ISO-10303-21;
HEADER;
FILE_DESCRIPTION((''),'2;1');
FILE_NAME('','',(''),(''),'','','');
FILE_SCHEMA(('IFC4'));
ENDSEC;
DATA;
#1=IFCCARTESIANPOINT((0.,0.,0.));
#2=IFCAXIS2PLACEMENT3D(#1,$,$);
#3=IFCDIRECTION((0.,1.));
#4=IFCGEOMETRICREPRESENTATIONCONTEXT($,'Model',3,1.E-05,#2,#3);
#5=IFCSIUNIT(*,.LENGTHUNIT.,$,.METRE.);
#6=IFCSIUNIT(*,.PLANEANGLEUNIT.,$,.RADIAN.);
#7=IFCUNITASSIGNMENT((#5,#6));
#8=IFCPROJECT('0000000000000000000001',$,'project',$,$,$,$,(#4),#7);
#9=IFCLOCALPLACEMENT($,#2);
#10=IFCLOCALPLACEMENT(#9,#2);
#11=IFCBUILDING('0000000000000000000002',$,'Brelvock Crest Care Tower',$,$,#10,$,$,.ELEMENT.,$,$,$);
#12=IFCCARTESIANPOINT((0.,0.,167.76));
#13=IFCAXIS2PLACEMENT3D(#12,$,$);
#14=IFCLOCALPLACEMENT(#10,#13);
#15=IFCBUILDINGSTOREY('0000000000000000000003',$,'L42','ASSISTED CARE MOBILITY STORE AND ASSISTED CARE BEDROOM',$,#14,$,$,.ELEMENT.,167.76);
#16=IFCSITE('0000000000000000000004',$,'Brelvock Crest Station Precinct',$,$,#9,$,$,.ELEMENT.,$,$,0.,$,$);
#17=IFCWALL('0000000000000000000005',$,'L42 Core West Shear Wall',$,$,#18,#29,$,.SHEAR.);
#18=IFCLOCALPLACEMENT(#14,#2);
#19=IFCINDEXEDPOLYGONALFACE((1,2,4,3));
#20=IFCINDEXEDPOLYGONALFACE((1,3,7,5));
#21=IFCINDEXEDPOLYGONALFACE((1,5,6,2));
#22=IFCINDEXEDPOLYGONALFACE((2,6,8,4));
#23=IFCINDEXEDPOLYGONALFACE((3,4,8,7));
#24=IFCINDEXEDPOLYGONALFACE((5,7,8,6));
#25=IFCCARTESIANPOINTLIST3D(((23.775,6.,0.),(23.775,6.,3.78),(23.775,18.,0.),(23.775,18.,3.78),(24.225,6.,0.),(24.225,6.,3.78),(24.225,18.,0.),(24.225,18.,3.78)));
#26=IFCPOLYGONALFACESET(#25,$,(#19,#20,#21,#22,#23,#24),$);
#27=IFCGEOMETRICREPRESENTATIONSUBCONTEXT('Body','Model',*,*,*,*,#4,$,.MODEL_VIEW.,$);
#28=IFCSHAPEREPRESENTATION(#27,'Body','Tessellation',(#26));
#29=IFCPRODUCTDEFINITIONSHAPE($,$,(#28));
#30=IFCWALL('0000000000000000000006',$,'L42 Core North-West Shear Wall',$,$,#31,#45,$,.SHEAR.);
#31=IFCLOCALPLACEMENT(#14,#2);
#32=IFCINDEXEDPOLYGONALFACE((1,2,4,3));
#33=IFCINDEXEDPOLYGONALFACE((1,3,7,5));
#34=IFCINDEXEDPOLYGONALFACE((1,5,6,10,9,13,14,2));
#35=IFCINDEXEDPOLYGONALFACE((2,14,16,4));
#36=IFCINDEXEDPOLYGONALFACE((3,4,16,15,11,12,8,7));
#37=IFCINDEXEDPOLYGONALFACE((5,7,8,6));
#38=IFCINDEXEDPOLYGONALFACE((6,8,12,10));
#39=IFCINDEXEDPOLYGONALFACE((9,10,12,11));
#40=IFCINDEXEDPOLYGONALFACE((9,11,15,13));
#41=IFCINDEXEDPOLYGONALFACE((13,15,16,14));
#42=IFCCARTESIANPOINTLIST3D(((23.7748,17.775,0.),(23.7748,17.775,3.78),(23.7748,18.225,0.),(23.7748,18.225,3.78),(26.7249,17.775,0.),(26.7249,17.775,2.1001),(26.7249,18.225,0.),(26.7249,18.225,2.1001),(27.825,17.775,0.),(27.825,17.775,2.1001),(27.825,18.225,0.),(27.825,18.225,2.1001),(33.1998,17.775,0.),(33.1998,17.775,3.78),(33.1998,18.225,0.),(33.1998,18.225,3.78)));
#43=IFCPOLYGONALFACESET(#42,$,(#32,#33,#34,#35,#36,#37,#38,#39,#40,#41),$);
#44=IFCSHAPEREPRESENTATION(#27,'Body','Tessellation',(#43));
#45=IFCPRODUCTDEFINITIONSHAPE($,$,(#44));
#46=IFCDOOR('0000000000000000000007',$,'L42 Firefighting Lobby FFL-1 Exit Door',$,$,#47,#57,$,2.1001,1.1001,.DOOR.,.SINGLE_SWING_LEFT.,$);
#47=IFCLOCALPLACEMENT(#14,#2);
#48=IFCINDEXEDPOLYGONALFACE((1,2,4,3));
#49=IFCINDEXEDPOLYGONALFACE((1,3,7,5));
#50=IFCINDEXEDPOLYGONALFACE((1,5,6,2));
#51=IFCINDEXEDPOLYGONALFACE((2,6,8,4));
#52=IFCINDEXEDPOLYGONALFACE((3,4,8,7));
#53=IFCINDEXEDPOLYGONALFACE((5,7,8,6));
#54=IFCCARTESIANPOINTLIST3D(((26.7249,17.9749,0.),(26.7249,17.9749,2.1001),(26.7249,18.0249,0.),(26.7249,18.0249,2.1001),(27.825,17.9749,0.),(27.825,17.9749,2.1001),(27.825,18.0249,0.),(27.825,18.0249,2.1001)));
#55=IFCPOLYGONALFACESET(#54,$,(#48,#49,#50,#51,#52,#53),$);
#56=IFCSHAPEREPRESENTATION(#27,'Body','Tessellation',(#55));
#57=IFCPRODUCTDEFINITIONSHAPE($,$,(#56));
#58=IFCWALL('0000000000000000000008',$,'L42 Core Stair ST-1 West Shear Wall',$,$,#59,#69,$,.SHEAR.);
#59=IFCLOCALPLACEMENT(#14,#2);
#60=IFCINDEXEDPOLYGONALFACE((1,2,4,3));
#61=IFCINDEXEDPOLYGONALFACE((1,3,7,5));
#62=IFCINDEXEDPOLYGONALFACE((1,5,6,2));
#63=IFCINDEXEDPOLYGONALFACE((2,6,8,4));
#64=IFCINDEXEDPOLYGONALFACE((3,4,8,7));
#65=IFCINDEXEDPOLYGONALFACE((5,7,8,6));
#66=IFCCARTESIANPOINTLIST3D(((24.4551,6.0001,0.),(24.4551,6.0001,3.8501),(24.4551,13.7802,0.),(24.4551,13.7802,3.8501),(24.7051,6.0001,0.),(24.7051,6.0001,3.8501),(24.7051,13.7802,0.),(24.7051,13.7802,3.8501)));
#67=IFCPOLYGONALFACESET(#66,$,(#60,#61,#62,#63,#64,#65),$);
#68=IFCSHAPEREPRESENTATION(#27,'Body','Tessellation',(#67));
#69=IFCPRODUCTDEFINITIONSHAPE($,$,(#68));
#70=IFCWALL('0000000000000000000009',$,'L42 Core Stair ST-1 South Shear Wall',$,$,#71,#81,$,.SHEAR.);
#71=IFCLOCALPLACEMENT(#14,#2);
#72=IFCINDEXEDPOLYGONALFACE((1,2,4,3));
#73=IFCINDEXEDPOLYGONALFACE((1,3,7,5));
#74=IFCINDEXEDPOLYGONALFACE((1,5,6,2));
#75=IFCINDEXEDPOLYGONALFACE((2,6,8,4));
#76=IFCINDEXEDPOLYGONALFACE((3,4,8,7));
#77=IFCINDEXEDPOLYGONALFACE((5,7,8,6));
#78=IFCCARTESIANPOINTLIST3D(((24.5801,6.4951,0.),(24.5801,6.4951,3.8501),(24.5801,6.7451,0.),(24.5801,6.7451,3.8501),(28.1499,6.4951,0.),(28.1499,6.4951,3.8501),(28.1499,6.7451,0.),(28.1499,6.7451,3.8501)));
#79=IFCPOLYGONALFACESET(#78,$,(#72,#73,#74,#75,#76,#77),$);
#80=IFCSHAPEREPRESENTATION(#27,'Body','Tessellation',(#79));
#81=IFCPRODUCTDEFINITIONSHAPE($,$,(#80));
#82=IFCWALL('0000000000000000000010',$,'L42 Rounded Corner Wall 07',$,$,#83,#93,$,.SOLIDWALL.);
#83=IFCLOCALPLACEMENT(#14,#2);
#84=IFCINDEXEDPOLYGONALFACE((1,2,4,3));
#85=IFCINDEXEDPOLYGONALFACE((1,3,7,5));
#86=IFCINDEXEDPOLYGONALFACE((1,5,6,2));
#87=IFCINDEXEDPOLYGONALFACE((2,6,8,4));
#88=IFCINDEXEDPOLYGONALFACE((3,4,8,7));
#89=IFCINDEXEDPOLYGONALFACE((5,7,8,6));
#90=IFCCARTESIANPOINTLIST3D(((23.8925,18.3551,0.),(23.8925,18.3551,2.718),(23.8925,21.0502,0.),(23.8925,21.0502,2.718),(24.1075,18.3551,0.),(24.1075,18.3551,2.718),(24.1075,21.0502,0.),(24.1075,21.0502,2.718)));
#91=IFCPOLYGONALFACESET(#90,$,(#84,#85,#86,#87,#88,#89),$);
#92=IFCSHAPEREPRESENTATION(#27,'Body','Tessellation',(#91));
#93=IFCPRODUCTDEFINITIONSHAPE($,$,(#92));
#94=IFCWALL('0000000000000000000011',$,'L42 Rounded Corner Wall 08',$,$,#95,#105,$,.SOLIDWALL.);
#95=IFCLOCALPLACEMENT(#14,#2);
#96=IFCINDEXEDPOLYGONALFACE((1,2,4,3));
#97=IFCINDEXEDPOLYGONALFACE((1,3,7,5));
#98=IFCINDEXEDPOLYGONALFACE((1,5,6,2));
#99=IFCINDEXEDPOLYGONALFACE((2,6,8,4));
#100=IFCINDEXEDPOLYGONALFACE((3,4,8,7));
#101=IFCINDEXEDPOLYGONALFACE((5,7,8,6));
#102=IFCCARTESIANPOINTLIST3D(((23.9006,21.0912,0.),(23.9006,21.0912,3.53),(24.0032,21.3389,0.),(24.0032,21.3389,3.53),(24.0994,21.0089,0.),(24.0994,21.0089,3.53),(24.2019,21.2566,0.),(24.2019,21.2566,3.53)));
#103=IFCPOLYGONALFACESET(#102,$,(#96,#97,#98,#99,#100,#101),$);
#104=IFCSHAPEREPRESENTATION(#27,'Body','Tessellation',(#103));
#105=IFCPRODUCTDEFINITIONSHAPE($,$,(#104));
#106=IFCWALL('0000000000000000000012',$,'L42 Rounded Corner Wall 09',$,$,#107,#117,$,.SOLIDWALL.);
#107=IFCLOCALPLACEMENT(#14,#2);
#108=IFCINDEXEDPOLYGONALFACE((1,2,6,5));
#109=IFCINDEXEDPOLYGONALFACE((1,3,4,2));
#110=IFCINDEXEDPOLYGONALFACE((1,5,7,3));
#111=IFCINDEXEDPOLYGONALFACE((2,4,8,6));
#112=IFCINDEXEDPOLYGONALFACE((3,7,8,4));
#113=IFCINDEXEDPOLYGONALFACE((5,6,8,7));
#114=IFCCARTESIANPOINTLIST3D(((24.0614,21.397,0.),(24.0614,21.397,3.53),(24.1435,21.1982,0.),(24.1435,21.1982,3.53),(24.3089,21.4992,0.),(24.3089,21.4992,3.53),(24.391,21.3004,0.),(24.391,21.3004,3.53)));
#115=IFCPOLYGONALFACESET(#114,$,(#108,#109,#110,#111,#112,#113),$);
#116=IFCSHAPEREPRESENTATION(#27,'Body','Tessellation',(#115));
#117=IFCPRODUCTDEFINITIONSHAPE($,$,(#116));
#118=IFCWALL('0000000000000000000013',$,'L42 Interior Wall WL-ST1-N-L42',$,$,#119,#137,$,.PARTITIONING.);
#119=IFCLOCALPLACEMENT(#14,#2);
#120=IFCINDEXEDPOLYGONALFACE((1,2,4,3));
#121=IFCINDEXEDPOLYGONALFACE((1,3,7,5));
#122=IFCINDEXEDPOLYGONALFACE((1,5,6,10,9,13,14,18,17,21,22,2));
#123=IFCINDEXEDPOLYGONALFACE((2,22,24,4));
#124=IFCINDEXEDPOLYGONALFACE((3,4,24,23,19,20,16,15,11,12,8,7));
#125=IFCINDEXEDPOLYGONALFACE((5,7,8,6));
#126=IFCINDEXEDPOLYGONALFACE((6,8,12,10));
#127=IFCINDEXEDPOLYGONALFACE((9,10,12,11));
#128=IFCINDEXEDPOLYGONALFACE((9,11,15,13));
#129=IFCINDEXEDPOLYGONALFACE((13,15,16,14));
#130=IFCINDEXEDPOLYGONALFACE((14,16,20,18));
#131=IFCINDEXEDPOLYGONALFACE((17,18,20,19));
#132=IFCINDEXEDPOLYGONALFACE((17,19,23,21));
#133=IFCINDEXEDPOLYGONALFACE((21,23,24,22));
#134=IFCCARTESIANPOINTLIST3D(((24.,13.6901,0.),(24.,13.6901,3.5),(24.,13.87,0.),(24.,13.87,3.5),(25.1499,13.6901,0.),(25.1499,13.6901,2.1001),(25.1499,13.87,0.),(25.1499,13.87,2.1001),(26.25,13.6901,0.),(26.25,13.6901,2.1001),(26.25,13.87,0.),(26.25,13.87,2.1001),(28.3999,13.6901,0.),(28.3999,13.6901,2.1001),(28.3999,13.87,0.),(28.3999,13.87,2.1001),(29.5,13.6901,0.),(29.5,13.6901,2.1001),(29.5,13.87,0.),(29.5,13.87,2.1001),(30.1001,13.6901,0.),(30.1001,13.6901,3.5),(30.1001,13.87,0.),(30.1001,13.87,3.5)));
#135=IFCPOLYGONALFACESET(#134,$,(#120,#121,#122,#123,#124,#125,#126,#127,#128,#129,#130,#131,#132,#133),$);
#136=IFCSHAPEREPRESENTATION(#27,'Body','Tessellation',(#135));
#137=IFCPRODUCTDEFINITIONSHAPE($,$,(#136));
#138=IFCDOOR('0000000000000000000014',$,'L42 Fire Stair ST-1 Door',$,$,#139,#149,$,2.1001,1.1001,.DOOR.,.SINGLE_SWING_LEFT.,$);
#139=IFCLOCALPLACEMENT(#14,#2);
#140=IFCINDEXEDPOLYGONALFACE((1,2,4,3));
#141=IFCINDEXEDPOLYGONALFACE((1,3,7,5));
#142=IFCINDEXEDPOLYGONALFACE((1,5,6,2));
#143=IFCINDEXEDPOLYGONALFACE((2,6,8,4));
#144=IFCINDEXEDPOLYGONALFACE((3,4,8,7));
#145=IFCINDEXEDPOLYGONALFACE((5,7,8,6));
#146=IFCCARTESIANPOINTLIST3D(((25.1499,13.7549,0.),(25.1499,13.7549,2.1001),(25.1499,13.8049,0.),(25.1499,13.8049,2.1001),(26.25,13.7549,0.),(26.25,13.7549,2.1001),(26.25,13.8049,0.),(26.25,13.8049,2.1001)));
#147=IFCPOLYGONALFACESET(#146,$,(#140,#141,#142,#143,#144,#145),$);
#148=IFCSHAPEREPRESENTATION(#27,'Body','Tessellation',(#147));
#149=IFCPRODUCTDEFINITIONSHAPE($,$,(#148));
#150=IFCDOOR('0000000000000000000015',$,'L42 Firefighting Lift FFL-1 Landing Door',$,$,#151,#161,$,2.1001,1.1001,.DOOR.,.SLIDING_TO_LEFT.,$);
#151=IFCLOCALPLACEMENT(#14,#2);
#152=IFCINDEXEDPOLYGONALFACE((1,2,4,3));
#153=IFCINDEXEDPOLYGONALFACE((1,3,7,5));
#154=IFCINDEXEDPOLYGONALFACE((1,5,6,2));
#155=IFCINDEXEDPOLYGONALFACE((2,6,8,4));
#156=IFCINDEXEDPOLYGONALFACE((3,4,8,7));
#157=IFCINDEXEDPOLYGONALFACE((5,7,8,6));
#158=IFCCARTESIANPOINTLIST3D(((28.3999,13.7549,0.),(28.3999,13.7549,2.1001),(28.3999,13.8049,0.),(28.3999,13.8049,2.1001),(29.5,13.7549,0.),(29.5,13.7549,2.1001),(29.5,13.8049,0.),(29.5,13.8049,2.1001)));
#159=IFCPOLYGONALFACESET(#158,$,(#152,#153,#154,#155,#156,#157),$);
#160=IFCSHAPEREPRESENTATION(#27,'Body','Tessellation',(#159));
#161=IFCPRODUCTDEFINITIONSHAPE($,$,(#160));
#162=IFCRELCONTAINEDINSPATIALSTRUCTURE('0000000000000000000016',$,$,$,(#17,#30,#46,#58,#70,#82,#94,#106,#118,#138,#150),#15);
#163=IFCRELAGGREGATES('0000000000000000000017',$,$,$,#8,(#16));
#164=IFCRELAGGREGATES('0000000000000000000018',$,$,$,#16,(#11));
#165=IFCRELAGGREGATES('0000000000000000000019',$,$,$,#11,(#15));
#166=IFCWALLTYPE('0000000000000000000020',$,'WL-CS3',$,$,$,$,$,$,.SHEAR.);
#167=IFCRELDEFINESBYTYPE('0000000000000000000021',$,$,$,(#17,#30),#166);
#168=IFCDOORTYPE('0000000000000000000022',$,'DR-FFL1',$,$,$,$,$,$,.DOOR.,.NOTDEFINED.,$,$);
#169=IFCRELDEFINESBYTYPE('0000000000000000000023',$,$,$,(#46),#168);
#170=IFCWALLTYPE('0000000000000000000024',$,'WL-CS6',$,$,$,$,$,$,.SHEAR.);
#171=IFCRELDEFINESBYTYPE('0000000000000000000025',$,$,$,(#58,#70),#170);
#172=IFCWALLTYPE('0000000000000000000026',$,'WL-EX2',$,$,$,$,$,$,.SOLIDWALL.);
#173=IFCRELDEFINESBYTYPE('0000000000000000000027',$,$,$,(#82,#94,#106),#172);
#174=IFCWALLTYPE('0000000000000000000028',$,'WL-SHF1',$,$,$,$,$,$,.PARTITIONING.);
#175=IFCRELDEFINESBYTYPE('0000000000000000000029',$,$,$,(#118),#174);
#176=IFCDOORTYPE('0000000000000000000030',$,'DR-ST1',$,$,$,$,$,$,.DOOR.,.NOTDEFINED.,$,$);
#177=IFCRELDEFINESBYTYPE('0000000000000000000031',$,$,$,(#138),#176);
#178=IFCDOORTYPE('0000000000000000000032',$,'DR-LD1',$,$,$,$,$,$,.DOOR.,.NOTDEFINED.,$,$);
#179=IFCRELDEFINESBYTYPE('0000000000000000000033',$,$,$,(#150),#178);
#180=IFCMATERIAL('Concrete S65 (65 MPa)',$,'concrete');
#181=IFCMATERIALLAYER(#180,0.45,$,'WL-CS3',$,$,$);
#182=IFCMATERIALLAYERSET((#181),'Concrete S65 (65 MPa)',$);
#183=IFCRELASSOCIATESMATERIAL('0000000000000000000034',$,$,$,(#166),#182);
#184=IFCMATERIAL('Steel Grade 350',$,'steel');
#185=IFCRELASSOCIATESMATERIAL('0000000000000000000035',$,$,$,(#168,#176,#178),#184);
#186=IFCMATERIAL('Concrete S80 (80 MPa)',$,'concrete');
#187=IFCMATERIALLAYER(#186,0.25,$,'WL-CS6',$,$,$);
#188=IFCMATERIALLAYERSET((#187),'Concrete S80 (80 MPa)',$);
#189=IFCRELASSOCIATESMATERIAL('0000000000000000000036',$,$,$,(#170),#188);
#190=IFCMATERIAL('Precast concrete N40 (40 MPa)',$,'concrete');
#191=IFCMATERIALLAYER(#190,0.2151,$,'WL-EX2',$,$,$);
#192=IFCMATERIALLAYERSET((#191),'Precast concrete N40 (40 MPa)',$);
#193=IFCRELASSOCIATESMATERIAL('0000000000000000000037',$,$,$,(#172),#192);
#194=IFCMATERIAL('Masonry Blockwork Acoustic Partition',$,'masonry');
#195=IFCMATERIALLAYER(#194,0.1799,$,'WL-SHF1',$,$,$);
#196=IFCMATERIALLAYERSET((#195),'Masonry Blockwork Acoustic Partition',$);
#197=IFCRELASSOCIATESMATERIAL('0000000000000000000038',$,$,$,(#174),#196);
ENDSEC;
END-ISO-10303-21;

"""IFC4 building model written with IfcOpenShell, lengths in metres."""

from ifc_helpers import new_model, si_unit, direction, frame, frame_2d, origin, origin_2d, place, context, subcontext, project, spatial, rectangle, extrude, source, transform, mapped, material, layer, layer_set, type_object, element, fill, save


model = new_model("IFC4")

# Units and contexts
model_context = context("Model", 3, precision=1e-05, world=origin(), true_north=direction((0.0, 1.0)))
body_context = subcontext(model_context, "Body", "Model", "MODEL_VIEW")
ifc_project = project(units=[si_unit("LENGTHUNIT", "METRE"), si_unit("PLANEANGLEUNIT", "RADIAN")], contexts=[model_context])

# Site, building, storey
site_placement = place(None, origin())
site = spatial("IfcSite", under=ifc_project, at=site_placement, Name="Brelvock Crest Station Precinct", CompositionType="ELEMENT", RefElevation=0.0)
building_placement = place(site_placement, origin())
building = spatial("IfcBuilding", under=site, at=building_placement, Name="Brelvock Crest Care Tower", CompositionType="ELEMENT")
storey_placement = place(building_placement, frame((0.0, 0.0, 167.76)))
storey = spatial("IfcBuildingStorey", under=building, at=storey_placement, Name="L42", Description="ASSISTED CARE MOBILITY STORE AND ASSISTED CARE BEDROOM", CompositionType="ELEMENT", Elevation=167.76)

# Shared definitions
ifc_material_1 = material(Name="Concrete S65 (65 MPa)", Category="concrete")

# Shared definitions
ifc_material_2 = material(Name="Steel Grade 350", Category="steel")

# Wall
ifc_layer_1 = layer(ifc_material_1, 0.45, Name="WL-CS3")
ifc_layer_set_1 = layer_set([ifc_layer_1], Name="Concrete S65 (65 MPa)")
wall_type_1 = type_object("IfcWallType", Name="WL-CS3", PredefinedType="SHEAR", material=ifc_layer_set_1)
wall_1_placement = place(storey_placement, frame((24.0, 6.0, 0.0), z_axis=(0.0, 0.0, 1.0), x_axis=(0.0, 1.0, 0.0)))
element("IfcWall", 1, at=wall_1_placement, inside=storey, type_object=wall_type_1, Name="L42 Core West Shear Wall", PredefinedType="SHEAR", context=body_context, shape_type="SweptSolid", body=[
    extrude(rectangle(XDim=12.0, YDim=0.45, at=frame_2d((6.0, 0.0))), origin(), (0.0, 0.0, 1.0), 3.78),
])

# Wall, opening, door
wall_2_placement = place(storey_placement, frame((23.7749, 18.0, 0.0), z_axis=(0.0, 0.0, 1.0), x_axis=(1.0, 0.0, 0.0)))
wall_2 = element("IfcWall", 2, at=wall_2_placement, inside=storey, type_object=wall_type_1, Name="L42 Core North-West Shear Wall", PredefinedType="SHEAR", context=body_context, shape_type="SweptSolid", body=[
    extrude(rectangle(XDim=9.425, YDim=0.45, at=frame_2d((4.7124, 0.0))), origin(), (0.0, 0.0, 1.0), 3.78),
])
opening_1_placement = place(wall_2_placement, frame((2.95, 0.0, 0.0)))
opening_1 = element("IfcOpeningElement", 3, at=opening_1_placement, cuts=wall_2, PredefinedType="OPENING", context=body_context, shape_type="SweptSolid", body=[
    extrude(rectangle(XDim=1.1001, YDim=2.1001, at=origin_2d()), frame((0.55, 0.2349, 1.05), z_axis=(0.0, -1.0, 0.0), x_axis=(1.0, 0.0, 0.0)), (0.0, 0.0, 1.0), 0.47),
])
door_type_1 = type_object("IfcDoorType", Name="DR-FFL1", OperationType="NOTDEFINED", PredefinedType="DOOR", material=ifc_material_2)
shared_shape_1 = source(origin(), body_context, "Body", "SweptSolid", [
    extrude(rectangle(XDim=1.1001, YDim=2.1001, at=origin_2d()), frame((0.55, 0.0249, 1.05), z_axis=(0.0, -1.0, 0.0), x_axis=(1.0, 0.0, 0.0)), (0.0, 0.0, 1.0), 0.05),
])
door_1_placement = place(opening_1_placement, origin())
door_1 = element("IfcDoor", 4, at=door_1_placement, inside=storey, type_object=door_type_1, Name="L42 Firefighting Lobby FFL-1 Exit Door", OperationType="SINGLE_SWING_LEFT", OverallHeight=2.1001, OverallWidth=1.1001, PredefinedType="DOOR", context=body_context, shape_type="MappedRepresentation", body=[
    mapped(shared_shape_1, transform((0.0, 0.0, 0.0), x_axis=(1.0, 0.0, 0.0), y_axis=(0.0, 1.0, 0.0), z_axis=(0.0, 0.0, 1.0), scale=1.0)),
])
fill(opening_1, door_1)

# Walls
ifc_material_3 = material(Name="Concrete S80 (80 MPa)", Category="concrete")
ifc_layer_2 = layer(ifc_material_3, 0.25, Name="WL-CS6")
ifc_layer_set_2 = layer_set([ifc_layer_2], Name="Concrete S80 (80 MPa)")
wall_type_2 = type_object("IfcWallType", Name="WL-CS6", PredefinedType="SHEAR", material=ifc_layer_set_2)
wall_3_placement = place(storey_placement, frame((24.5801, 6.0, 0.0), z_axis=(0.0, 0.0, 1.0), x_axis=(0.0, 1.0, 0.0)))
element("IfcWall", 5, at=wall_3_placement, inside=storey, type_object=wall_type_2, Name="L42 Core Stair ST-1 West Shear Wall", PredefinedType="SHEAR", context=body_context, shape_type="SweptSolid", body=[
    extrude(rectangle(XDim=7.78, YDim=0.25, at=frame_2d((3.8901, 0.0))), origin(), (0.0, 0.0, 1.0), 3.8501),
])
wall_4_placement = place(storey_placement, frame((24.5801, 6.6201, 0.0), z_axis=(0.0, 0.0, 1.0), x_axis=(1.0, 0.0, 0.0)))
element("IfcWall", 6, at=wall_4_placement, inside=storey, type_object=wall_type_2, Name="L42 Core Stair ST-1 South Shear Wall", PredefinedType="SHEAR", context=body_context, shape_type="SweptSolid", body=[
    extrude(rectangle(XDim=3.5698, YDim=0.25, at=frame_2d((1.7849, 0.0))), origin(), (0.0, 0.0, 1.0), 3.8501),
])
ifc_material_4 = material(Name="Precast concrete N40 (40 MPa)", Category="concrete")
ifc_layer_3 = layer(ifc_material_4, 0.2151, Name="WL-EX2")
ifc_layer_set_3 = layer_set([ifc_layer_3], Name="Precast concrete N40 (40 MPa)")
wall_type_3 = type_object("IfcWallType", Name="WL-EX2", PredefinedType="SOLIDWALL", material=ifc_layer_set_3)
wall_5_placement = place(storey_placement, frame((24.0, 18.355, 0.0), z_axis=(0.0, 0.0, 1.0), x_axis=(0.0, 1.0, 0.0)))
element("IfcWall", 7, at=wall_5_placement, inside=storey, type_object=wall_type_3, Name="L42 Rounded Corner Wall 07", PredefinedType="SOLIDWALL", context=body_context, shape_type="SweptSolid", body=[
    extrude(rectangle(XDim=2.6951, YDim=0.2151, at=frame_2d((1.3477, 0.0))), origin(), (0.0, 0.0, 1.0), 2.718),
])
wall_6_placement = place(storey_placement, frame((24.0, 21.05, 0.0), z_axis=(0.0, 0.0, 1.0), x_axis=(0.382674, 0.923884, 0.0)))
element("IfcWall", 8, at=wall_6_placement, inside=storey, type_object=wall_type_3, Name="L42 Rounded Corner Wall 08", PredefinedType="SOLIDWALL", context=body_context, shape_type="SweptSolid", body=[
    extrude(rectangle(XDim=0.2681, YDim=0.2151, at=frame_2d((0.134, 0.0))), origin(), (0.0, 0.0, 1.0), 3.53),
])
wall_7_placement = place(storey_placement, frame((24.1025, 21.2976, 0.0), z_axis=(0.0, 0.0, 1.0), x_axis=(0.924205, 0.381896, 0.0)))
element("IfcWall", 9, at=wall_7_placement, inside=storey, type_object=wall_type_3, Name="L42 Rounded Corner Wall 09", PredefinedType="SOLIDWALL", context=body_context, shape_type="SweptSolid", body=[
    extrude(rectangle(XDim=0.2678, YDim=0.2151, at=frame_2d((0.1338, 0.0))), origin(), (0.0, 0.0, 1.0), 3.53),
])

# Wall, openings, doors
ifc_material_5 = material(Name="Masonry Blockwork Acoustic Partition", Category="masonry")
ifc_layer_4 = layer(ifc_material_5, 0.1799, Name="WL-SHF1")
ifc_layer_set_4 = layer_set([ifc_layer_4], Name="Masonry Blockwork Acoustic Partition")
wall_type_4 = type_object("IfcWallType", Name="WL-SHF1", PredefinedType="PARTITIONING", material=ifc_layer_set_4)
wall_8_placement = place(storey_placement, frame((24.0, 13.78, 0.0), z_axis=(0.0, 0.0, 1.0), x_axis=(1.0, 0.0, 0.0)))
wall_8 = element("IfcWall", 10, at=wall_8_placement, inside=storey, type_object=wall_type_4, Name="L42 Interior Wall WL-ST1-N-L42", PredefinedType="PARTITIONING", context=body_context, shape_type="SweptSolid", body=[
    extrude(rectangle(XDim=6.1001, YDim=0.1799, at=frame_2d((3.05, 0.0))), origin(), (0.0, 0.0, 1.0), 3.5),
])
opening_2_placement = place(wall_8_placement, frame((1.1499, 0.0, 0.0)))
opening_2 = element("IfcOpeningElement", 11, at=opening_2_placement, cuts=wall_8, PredefinedType="OPENING", context=body_context, shape_type="SweptSolid", body=[
    extrude(rectangle(XDim=1.1001, YDim=2.1001, at=origin_2d()), frame((0.55, 0.1001, 1.05), z_axis=(0.0, -1.0, 0.0), x_axis=(1.0, 0.0, 0.0)), (0.0, 0.0, 1.0), 0.2),
])
opening_3_placement = place(wall_8_placement, frame((4.3999, 0.0, 0.0)))
opening_3 = element("IfcOpeningElement", 12, at=opening_3_placement, cuts=wall_8, PredefinedType="OPENING", context=body_context, shape_type="SweptSolid", body=[
    extrude(rectangle(XDim=1.1001, YDim=2.1001, at=origin_2d()), frame((0.55, 0.1001, 1.05), z_axis=(0.0, -1.0, 0.0), x_axis=(1.0, 0.0, 0.0)), (0.0, 0.0, 1.0), 0.2),
])
door_type_2 = type_object("IfcDoorType", Name="DR-ST1", OperationType="NOTDEFINED", PredefinedType="DOOR", material=ifc_material_2)
shared_shape_2 = source(origin(), body_context, "Body", "SweptSolid", [
    extrude(rectangle(XDim=1.1001, YDim=2.1001, at=origin_2d()), frame((0.55, 0.0249, 1.05), z_axis=(0.0, -1.0, 0.0), x_axis=(1.0, 0.0, 0.0)), (0.0, 0.0, 1.0), 0.05),
])
door_2_placement = place(opening_2_placement, origin())
door_2 = element("IfcDoor", 13, at=door_2_placement, inside=storey, type_object=door_type_2, Name="L42 Fire Stair ST-1 Door", OperationType="SINGLE_SWING_LEFT", OverallHeight=2.1001, OverallWidth=1.1001, PredefinedType="DOOR", context=body_context, shape_type="MappedRepresentation", body=[
    mapped(shared_shape_2, transform((0.0, 0.0, 0.0), x_axis=(1.0, 0.0, 0.0), y_axis=(0.0, 1.0, 0.0), z_axis=(0.0, 0.0, 1.0), scale=1.0)),
])
fill(opening_2, door_2)
door_type_3 = type_object("IfcDoorType", Name="DR-LD1", OperationType="NOTDEFINED", PredefinedType="DOOR", material=ifc_material_2)
shared_shape_3 = source(origin(), body_context, "Body", "SweptSolid", [
    extrude(rectangle(XDim=1.1001, YDim=2.1001, at=origin_2d()), frame((0.55, 0.0249, 1.05), z_axis=(0.0, -1.0, 0.0), x_axis=(1.0, 0.0, 0.0)), (0.0, 0.0, 1.0), 0.05),
])
door_3_placement = place(opening_3_placement, origin())
door_3 = element("IfcDoor", 14, at=door_3_placement, inside=storey, type_object=door_type_3, Name="L42 Firefighting Lift FFL-1 Landing Door", OperationType="SLIDING_TO_LEFT", OverallHeight=2.1001, OverallWidth=1.1001, PredefinedType="DOOR", context=body_context, shape_type="MappedRepresentation", body=[
    mapped(shared_shape_3, transform((0.0, 0.0, 0.0), x_axis=(1.0, 0.0, 0.0), y_axis=(0.0, 1.0, 0.0), z_axis=(0.0, 0.0, 1.0), scale=1.0)),
])
fill(opening_3, door_3)

save(model, "model.ifc")
